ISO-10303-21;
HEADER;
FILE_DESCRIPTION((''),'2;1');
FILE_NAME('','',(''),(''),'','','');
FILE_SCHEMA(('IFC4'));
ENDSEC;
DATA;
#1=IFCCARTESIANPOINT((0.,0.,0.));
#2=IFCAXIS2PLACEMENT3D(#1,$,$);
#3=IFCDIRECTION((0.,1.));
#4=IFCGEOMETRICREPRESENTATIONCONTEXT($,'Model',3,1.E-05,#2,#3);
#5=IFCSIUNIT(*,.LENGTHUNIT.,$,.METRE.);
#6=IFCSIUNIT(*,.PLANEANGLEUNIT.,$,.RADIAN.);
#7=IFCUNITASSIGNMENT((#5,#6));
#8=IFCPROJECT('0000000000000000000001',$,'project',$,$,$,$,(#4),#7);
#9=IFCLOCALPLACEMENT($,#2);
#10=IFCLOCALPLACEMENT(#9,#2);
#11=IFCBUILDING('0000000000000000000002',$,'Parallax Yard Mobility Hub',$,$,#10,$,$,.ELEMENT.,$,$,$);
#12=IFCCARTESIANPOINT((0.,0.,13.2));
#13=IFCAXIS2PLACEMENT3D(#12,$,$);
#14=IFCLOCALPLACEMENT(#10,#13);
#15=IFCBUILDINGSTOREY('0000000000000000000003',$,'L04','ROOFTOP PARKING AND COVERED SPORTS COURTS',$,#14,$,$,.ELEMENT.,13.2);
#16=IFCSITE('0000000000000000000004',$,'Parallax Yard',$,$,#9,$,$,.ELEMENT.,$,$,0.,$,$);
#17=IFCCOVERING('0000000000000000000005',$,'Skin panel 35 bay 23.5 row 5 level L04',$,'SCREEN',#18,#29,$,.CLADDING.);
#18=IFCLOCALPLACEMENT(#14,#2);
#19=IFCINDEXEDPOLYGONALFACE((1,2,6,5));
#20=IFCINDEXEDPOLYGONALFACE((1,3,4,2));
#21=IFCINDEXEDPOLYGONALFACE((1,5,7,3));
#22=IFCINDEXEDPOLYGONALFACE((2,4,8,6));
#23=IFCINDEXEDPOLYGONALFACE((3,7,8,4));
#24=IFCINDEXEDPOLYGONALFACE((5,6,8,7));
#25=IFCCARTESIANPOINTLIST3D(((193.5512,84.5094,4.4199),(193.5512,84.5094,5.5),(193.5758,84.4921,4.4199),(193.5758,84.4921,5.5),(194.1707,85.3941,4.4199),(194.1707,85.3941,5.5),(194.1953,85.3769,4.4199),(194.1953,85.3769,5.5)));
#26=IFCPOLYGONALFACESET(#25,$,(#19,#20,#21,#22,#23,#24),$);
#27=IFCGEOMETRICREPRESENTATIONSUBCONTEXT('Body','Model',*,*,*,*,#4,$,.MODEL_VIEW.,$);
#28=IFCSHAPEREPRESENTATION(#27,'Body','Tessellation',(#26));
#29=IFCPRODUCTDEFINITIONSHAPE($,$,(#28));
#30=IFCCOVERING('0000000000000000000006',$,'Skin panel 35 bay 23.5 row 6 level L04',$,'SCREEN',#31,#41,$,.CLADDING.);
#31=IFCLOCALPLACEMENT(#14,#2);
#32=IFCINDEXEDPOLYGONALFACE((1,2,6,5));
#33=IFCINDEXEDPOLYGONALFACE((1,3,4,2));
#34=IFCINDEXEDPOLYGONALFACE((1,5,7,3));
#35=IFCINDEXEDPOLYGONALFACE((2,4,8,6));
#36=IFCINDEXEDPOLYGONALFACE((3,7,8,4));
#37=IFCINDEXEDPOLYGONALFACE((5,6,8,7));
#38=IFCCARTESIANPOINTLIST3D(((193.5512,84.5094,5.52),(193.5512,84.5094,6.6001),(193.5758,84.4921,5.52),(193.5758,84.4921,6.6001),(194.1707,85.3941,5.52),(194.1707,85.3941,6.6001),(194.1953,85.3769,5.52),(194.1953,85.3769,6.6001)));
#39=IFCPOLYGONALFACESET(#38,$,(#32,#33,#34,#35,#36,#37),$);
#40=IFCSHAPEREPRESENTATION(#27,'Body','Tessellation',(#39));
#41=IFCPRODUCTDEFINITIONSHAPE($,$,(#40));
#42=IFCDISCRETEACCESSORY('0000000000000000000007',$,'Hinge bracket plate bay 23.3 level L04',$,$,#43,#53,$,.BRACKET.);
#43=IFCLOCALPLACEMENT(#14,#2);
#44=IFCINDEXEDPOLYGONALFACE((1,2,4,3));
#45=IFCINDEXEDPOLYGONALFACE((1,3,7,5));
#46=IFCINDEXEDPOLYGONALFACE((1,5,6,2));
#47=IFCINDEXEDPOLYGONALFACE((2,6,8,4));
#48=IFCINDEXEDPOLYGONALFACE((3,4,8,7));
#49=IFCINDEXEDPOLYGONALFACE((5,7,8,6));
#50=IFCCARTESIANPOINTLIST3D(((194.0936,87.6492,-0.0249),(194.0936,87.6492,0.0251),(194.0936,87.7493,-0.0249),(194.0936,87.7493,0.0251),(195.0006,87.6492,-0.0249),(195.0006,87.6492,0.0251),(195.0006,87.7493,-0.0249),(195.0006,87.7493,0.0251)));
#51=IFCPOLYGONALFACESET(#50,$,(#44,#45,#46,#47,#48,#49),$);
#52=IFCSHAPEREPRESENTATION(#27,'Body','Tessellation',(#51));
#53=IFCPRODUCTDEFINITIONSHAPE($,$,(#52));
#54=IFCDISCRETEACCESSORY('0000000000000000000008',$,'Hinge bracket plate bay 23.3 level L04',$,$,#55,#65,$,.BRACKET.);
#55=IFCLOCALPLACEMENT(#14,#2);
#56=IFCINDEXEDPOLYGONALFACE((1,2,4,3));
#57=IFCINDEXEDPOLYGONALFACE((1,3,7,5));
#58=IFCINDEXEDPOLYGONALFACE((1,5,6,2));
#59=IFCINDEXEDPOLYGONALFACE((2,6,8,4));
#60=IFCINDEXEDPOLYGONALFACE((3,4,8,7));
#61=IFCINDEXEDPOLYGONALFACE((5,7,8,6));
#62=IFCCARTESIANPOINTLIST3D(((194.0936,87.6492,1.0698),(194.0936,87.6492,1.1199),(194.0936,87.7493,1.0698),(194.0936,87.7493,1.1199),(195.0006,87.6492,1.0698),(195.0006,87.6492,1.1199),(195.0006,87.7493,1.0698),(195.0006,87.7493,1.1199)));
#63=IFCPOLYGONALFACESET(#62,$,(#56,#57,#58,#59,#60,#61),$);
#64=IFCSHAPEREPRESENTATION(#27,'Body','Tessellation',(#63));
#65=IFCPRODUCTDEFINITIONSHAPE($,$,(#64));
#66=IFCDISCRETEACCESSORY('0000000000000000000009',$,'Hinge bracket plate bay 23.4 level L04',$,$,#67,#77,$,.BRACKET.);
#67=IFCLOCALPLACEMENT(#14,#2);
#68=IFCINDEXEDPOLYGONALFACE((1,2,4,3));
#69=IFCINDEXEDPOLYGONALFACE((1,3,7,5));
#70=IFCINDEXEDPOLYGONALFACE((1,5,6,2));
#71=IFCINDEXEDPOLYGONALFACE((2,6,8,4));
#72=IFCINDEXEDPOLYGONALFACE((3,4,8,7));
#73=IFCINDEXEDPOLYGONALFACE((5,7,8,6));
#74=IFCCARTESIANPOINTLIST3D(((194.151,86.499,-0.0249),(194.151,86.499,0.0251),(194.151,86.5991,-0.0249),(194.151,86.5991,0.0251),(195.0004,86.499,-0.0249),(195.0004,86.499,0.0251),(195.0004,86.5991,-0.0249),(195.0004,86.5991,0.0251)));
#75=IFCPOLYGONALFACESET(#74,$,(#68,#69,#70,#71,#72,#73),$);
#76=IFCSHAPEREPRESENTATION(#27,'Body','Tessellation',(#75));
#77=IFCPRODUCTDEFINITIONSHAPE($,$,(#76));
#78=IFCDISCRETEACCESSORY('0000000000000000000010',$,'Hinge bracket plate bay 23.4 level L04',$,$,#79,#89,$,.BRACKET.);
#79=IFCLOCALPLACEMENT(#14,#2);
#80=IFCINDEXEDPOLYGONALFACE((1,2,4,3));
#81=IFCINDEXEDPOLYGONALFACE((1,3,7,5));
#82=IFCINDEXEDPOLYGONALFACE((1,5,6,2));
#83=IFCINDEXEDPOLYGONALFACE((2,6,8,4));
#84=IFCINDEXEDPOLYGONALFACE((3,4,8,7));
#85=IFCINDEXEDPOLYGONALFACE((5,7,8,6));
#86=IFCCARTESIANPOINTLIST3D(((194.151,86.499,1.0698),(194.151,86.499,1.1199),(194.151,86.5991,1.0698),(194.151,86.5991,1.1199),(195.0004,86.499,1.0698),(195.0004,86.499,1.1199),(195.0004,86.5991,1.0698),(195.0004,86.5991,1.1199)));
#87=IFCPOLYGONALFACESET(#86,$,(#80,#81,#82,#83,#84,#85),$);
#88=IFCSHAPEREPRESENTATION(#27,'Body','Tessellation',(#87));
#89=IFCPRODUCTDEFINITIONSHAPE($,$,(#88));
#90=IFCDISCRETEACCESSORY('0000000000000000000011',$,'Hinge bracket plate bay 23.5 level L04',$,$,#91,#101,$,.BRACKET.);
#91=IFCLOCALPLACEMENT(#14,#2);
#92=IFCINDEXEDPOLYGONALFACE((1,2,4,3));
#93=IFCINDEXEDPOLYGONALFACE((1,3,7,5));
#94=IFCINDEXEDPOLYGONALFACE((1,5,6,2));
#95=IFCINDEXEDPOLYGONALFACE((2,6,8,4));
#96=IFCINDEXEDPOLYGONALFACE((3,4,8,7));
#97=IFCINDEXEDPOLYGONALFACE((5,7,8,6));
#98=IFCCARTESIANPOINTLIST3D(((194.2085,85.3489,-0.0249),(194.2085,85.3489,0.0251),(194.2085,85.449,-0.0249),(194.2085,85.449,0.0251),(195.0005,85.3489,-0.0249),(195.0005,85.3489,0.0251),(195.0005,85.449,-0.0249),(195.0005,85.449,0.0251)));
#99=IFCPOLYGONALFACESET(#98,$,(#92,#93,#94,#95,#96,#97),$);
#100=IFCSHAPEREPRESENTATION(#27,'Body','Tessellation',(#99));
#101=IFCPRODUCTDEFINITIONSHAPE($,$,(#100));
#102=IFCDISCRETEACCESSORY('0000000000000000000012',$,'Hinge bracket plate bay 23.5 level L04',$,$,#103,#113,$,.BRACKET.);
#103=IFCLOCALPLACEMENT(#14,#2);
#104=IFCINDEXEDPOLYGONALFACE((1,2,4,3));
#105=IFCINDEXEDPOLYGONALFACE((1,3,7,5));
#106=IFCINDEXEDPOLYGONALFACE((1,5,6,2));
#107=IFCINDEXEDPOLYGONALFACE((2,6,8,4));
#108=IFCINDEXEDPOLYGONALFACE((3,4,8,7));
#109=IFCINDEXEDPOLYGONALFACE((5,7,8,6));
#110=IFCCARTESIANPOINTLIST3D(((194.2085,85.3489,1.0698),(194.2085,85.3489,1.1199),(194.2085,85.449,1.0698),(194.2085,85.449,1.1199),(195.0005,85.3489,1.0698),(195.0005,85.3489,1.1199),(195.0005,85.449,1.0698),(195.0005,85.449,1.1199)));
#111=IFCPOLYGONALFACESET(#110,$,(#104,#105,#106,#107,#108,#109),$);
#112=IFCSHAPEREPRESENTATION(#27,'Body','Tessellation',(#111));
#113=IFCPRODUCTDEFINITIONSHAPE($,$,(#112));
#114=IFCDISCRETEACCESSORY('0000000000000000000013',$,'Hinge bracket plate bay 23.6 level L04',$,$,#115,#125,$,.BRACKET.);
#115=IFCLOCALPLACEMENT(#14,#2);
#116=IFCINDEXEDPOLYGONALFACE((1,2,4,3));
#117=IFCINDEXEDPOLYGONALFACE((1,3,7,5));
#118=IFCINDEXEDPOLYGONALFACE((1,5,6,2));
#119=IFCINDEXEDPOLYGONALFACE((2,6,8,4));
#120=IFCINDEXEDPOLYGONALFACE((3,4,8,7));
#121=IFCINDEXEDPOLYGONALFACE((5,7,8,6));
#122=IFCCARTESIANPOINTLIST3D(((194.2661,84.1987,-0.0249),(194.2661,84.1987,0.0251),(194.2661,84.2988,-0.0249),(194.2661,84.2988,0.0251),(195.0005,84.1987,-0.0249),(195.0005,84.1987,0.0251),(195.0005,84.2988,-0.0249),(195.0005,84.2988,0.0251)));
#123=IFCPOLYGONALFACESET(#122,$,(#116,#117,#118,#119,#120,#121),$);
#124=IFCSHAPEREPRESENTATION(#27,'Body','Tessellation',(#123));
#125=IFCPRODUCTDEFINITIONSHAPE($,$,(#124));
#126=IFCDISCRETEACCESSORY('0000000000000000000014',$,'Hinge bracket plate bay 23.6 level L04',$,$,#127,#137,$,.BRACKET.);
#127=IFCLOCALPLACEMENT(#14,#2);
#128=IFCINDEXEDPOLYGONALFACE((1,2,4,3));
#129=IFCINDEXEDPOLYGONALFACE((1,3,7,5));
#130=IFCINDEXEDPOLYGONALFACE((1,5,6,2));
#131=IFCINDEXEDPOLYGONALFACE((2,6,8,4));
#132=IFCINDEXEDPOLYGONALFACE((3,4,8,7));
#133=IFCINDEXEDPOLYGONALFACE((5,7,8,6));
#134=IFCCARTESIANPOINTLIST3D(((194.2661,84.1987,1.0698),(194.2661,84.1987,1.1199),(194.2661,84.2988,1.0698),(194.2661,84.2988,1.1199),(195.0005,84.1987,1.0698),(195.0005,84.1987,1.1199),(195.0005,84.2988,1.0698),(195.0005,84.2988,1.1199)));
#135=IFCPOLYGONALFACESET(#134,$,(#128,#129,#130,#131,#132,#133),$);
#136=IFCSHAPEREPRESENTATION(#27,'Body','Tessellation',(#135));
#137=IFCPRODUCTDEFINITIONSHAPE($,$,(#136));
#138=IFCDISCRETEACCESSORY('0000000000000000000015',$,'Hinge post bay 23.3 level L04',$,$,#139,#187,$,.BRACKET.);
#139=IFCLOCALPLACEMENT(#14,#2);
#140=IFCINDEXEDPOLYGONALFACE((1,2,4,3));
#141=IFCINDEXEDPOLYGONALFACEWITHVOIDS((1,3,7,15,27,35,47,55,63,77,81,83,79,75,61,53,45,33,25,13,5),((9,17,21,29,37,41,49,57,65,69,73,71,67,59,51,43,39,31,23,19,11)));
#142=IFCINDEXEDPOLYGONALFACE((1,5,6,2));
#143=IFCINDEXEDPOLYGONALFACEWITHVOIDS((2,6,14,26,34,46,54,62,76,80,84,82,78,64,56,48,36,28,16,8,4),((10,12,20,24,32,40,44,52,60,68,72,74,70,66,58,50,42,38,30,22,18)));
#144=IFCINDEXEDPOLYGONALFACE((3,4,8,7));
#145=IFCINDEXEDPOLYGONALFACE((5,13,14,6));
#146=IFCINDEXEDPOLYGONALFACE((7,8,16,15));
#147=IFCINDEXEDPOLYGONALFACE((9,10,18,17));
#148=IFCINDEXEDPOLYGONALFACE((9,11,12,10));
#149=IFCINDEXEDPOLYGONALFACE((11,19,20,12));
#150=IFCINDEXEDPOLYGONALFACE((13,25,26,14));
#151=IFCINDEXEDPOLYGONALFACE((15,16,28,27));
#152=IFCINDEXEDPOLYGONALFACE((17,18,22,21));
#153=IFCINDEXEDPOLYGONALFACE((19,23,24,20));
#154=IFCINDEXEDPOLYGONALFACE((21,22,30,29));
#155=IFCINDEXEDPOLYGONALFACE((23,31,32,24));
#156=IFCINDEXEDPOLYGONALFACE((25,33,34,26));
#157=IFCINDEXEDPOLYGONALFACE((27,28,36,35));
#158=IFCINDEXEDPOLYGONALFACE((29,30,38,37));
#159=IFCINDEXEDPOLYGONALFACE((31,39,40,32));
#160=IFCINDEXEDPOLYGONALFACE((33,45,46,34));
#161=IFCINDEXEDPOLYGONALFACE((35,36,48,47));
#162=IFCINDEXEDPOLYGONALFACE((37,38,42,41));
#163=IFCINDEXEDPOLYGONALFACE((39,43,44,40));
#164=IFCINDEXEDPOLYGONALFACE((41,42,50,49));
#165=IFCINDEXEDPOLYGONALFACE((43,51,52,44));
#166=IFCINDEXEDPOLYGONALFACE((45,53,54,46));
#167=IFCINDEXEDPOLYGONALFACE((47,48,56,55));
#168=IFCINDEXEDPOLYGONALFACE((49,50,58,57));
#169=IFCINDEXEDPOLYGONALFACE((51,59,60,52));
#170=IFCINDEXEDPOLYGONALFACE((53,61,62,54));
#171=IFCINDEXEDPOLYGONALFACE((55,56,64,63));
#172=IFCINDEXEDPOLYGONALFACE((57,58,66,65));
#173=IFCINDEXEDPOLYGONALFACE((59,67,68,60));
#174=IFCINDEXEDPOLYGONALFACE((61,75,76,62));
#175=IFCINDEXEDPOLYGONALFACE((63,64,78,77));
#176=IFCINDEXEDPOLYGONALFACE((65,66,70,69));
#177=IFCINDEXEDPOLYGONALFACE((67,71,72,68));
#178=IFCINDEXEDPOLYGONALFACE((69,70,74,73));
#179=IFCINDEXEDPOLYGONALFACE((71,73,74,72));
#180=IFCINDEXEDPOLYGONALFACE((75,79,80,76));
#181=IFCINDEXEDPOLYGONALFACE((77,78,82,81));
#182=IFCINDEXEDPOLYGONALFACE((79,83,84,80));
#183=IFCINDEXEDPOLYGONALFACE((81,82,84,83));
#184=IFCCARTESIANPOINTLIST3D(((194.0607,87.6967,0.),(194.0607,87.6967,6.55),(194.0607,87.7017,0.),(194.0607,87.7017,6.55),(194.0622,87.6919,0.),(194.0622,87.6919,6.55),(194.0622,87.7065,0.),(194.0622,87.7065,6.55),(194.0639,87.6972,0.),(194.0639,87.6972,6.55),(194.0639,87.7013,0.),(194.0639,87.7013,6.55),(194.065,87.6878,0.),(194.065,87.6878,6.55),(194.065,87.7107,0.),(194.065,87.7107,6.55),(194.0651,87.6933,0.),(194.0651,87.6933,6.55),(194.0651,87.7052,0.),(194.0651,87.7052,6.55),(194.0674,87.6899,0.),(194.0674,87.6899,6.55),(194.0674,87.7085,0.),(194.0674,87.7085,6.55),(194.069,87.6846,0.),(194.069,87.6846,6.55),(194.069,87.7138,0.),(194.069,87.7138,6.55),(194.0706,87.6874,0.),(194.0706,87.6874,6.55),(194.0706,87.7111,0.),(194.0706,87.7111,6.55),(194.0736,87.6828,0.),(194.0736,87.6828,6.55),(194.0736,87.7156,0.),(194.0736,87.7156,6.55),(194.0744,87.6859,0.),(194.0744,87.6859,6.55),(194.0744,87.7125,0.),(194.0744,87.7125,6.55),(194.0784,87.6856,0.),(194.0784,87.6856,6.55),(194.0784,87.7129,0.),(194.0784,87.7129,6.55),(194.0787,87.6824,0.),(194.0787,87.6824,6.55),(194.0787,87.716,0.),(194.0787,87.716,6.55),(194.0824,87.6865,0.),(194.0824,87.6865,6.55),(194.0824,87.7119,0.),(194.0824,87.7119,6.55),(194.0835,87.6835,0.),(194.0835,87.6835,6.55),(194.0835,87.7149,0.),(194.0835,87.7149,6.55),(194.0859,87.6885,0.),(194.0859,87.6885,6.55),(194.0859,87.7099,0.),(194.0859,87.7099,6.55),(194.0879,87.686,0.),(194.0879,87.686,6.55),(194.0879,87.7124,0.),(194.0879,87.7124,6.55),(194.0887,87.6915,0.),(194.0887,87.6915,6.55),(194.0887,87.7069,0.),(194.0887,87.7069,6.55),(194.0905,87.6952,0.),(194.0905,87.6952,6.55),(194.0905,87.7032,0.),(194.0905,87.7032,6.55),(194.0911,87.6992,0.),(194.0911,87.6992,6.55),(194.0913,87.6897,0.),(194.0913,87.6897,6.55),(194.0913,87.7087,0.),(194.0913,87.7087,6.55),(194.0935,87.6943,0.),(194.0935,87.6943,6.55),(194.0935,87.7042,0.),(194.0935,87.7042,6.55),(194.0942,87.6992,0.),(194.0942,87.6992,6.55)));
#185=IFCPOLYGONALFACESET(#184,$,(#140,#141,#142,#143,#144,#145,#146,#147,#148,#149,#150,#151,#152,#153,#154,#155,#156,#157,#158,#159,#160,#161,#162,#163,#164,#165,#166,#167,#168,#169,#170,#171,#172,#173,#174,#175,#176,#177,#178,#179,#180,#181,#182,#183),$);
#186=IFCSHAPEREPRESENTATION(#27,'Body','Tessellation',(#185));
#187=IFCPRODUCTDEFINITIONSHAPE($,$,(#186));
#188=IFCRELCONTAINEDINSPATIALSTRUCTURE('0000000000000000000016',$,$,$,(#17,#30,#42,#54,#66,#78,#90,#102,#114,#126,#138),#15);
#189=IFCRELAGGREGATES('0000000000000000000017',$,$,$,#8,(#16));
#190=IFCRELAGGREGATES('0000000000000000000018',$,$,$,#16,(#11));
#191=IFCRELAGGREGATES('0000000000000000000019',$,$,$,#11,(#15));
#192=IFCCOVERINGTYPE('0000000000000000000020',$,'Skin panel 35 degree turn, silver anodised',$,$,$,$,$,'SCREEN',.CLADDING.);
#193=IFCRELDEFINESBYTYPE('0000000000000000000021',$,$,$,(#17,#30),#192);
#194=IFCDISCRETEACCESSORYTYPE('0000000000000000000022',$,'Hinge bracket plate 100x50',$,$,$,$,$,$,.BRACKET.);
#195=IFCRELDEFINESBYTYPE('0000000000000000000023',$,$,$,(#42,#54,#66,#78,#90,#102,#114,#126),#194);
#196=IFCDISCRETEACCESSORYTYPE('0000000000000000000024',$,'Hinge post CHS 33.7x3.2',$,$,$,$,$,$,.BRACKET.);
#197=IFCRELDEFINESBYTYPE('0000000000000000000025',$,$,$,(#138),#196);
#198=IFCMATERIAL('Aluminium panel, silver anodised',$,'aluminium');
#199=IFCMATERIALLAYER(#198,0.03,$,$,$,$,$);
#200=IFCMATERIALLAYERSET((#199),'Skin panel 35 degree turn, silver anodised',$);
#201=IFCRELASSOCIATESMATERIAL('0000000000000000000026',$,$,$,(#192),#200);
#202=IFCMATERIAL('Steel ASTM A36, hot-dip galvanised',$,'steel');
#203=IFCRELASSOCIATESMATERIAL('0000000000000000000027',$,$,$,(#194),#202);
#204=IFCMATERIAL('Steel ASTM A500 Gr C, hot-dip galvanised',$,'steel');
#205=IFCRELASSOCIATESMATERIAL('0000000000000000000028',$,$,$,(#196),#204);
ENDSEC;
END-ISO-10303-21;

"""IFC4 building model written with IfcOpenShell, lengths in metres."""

from ifc_helpers import new_model, si_unit, direction, frame, origin, origin_2d, place, context, subcontext, project, spatial, rectangle, hollow_circle, extrude, material, layer, layer_set, material_profile, profile_set, type_object, element, save


model = new_model("IFC4")

# Units and contexts
model_context = context("Model", 3, precision=1e-05, world=origin(), true_north=direction((0.0, 1.0)))
body_context = subcontext(model_context, "Body", "Model", "MODEL_VIEW")
ifc_project = project(units=[si_unit("LENGTHUNIT", "METRE"), si_unit("PLANEANGLEUNIT", "RADIAN")], contexts=[model_context])

# Site, building, storey
site_placement = place(None, origin())
site = spatial("IfcSite", under=ifc_project, at=site_placement, Name="Parallax Yard", CompositionType="ELEMENT", RefElevation=0.0)
building_placement = place(site_placement, origin())
building = spatial("IfcBuilding", under=site, at=building_placement, Name="Parallax Yard Mobility Hub", CompositionType="ELEMENT")
storey_placement = place(building_placement, frame((0.0, 0.0, 13.2)))
storey = spatial("IfcBuildingStorey", under=building, at=storey_placement, Name="L04", Description="ROOFTOP PARKING AND COVERED SPORTS COURTS", CompositionType="ELEMENT", Elevation=13.2)

# Coverings
ifc_material_1 = material(Name="Aluminium panel, silver anodised", Category="aluminium")
ifc_layer_1 = layer(ifc_material_1, 0.03)
ifc_layer_set_1 = layer_set([ifc_layer_1], Name="Skin panel 35 degree turn, silver anodised")
covering_type_1 = type_object("IfcCoveringType", Name="Skin panel 35 degree turn, silver anodised", ElementType="SCREEN", PredefinedType="CLADDING", material=ifc_layer_set_1)
for number, where, z_axis, x_axis, name in (
    (1, (193.8733, 84.9431, 4.4199), (0.0, 0.0, 1.0), (-0.573576, -0.819152, 0.0), "Skin panel 35 bay 23.5 row 5 level L04"),
    (2, (193.8733, 84.9431, 5.52), (0.0, 0.0, 1.0), (-0.573576, -0.819152, 0.0), "Skin panel 35 bay 23.5 row 6 level L04"),
):
    element("IfcCovering", number, at=place(storey_placement, frame(where, z_axis=z_axis, x_axis=x_axis)), inside=storey, type_object=covering_type_1, Name=name, ObjectType="SCREEN", PredefinedType="CLADDING", context=body_context, shape_type="SweptSolid", body=[
        extrude(rectangle(XDim=1.0801, YDim=0.03, at=origin_2d()), origin(), (0.0, 0.0, 1.0), 1.0801),
    ])

# Discrete accessories
ifc_material_2 = material(Name="Steel ASTM A36, hot-dip galvanised", Category="steel")
discrete_accessory_type_1 = type_object("IfcDiscreteAccessoryType", Name="Hinge bracket plate 100x50", PredefinedType="BRACKET", material=ifc_material_2)
for number, where, z_axis, x_axis, name in (
    (3, (194.5471, 87.6992, -0.0249), (0.0, 0.0, 1.0), (-1.0, 0.0, 0.0), "Hinge bracket plate bay 23.3 level L04"),
    (4, (194.5471, 87.6992, 1.0698), (0.0, 0.0, 1.0), (-1.0, 0.0, 0.0), "Hinge bracket plate bay 23.3 level L04"),
):
    element("IfcDiscreteAccessory", number, at=place(storey_placement, frame(where, z_axis=z_axis, x_axis=x_axis)), inside=storey, type_object=discrete_accessory_type_1, Name=name, PredefinedType="BRACKET", context=body_context, shape_type="SweptSolid", body=[
        extrude(rectangle(XDim=0.907, YDim=0.1001, at=origin_2d()), origin(), (0.0, 0.0, 1.0), 0.05),
    ])
for number, where, z_axis, x_axis, name in (
    (5, (194.5757, 86.5491, -0.0249), (0.0, 0.0, 1.0), (-1.0, 0.0, 0.0), "Hinge bracket plate bay 23.4 level L04"),
    (6, (194.5757, 86.5491, 1.0698), (0.0, 0.0, 1.0), (-1.0, 0.0, 0.0), "Hinge bracket plate bay 23.4 level L04"),
):
    element("IfcDiscreteAccessory", number, at=place(storey_placement, frame(where, z_axis=z_axis, x_axis=x_axis)), inside=storey, type_object=discrete_accessory_type_1, Name=name, PredefinedType="BRACKET", context=body_context, shape_type="SweptSolid", body=[
        extrude(rectangle(XDim=0.8494, YDim=0.1001, at=origin_2d()), origin(), (0.0, 0.0, 1.0), 0.05),
    ])
for number, where, z_axis, x_axis, name in (
    (7, (194.6045, 85.3989, -0.0249), (0.0, 0.0, 1.0), (-1.0, 0.0, 0.0), "Hinge bracket plate bay 23.5 level L04"),
    (8, (194.6045, 85.3989, 1.0698), (0.0, 0.0, 1.0), (-1.0, 0.0, 0.0), "Hinge bracket plate bay 23.5 level L04"),
):
    element("IfcDiscreteAccessory", number, at=place(storey_placement, frame(where, z_axis=z_axis, x_axis=x_axis)), inside=storey, type_object=discrete_accessory_type_1, Name=name, PredefinedType="BRACKET", context=body_context, shape_type="SweptSolid", body=[
        extrude(rectangle(XDim=0.792, YDim=0.1001, at=origin_2d()), origin(), (0.0, 0.0, 1.0), 0.05),
    ])
for number, where, z_axis, x_axis, name in (
    (9, (194.6333, 84.2488, -0.0249), (0.0, 0.0, 1.0), (-1.0, 0.0, 0.0), "Hinge bracket plate bay 23.6 level L04"),
    (10, (194.6333, 84.2488, 1.0698), (0.0, 0.0, 1.0), (-1.0, 0.0, 0.0), "Hinge bracket plate bay 23.6 level L04"),
):
    element("IfcDiscreteAccessory", number, at=place(storey_placement, frame(where, z_axis=z_axis, x_axis=x_axis)), inside=storey, type_object=discrete_accessory_type_1, Name=name, PredefinedType="BRACKET", context=body_context, shape_type="SweptSolid", body=[
        extrude(rectangle(XDim=0.7344, YDim=0.1001, at=origin_2d()), origin(), (0.0, 0.0, 1.0), 0.05),
    ])
ifc_material_3 = material(Name="Steel ASTM A500 Gr C, hot-dip galvanised", Category="steel")
ifc_material_profile = material_profile(ifc_material_3, hollow_circle(Radius=0.0168, WallThickness=0.0032, at=origin_2d()), Name="CHS 33.7x3.2")
ifc_profile_set = profile_set([ifc_material_profile], Name="Steel ASTM A500 Gr C, hot-dip galvanised")
discrete_accessory_type_2 = type_object("IfcDiscreteAccessoryType", Name="Hinge post CHS 33.7x3.2", PredefinedType="BRACKET", material=ifc_profile_set)
for number, where, z_axis, x_axis, name in (
    (11, (194.0774, 87.6992, 0.0), (0.0, 0.0, 1.0), (1.0, 0.0, 0.0), "Hinge post bay 23.3 level L04"),
):
    element("IfcDiscreteAccessory", number, at=place(storey_placement, frame(where, z_axis=z_axis, x_axis=x_axis)), inside=storey, type_object=discrete_accessory_type_2, Name=name, PredefinedType="BRACKET", context=body_context, shape_type="SweptSolid", body=[
        extrude(hollow_circle(Radius=0.0168, WallThickness=0.0032, at=origin_2d()), origin(), (0.0, 0.0, 1.0), 6.55),
    ])

save(model, "model.ifc")
